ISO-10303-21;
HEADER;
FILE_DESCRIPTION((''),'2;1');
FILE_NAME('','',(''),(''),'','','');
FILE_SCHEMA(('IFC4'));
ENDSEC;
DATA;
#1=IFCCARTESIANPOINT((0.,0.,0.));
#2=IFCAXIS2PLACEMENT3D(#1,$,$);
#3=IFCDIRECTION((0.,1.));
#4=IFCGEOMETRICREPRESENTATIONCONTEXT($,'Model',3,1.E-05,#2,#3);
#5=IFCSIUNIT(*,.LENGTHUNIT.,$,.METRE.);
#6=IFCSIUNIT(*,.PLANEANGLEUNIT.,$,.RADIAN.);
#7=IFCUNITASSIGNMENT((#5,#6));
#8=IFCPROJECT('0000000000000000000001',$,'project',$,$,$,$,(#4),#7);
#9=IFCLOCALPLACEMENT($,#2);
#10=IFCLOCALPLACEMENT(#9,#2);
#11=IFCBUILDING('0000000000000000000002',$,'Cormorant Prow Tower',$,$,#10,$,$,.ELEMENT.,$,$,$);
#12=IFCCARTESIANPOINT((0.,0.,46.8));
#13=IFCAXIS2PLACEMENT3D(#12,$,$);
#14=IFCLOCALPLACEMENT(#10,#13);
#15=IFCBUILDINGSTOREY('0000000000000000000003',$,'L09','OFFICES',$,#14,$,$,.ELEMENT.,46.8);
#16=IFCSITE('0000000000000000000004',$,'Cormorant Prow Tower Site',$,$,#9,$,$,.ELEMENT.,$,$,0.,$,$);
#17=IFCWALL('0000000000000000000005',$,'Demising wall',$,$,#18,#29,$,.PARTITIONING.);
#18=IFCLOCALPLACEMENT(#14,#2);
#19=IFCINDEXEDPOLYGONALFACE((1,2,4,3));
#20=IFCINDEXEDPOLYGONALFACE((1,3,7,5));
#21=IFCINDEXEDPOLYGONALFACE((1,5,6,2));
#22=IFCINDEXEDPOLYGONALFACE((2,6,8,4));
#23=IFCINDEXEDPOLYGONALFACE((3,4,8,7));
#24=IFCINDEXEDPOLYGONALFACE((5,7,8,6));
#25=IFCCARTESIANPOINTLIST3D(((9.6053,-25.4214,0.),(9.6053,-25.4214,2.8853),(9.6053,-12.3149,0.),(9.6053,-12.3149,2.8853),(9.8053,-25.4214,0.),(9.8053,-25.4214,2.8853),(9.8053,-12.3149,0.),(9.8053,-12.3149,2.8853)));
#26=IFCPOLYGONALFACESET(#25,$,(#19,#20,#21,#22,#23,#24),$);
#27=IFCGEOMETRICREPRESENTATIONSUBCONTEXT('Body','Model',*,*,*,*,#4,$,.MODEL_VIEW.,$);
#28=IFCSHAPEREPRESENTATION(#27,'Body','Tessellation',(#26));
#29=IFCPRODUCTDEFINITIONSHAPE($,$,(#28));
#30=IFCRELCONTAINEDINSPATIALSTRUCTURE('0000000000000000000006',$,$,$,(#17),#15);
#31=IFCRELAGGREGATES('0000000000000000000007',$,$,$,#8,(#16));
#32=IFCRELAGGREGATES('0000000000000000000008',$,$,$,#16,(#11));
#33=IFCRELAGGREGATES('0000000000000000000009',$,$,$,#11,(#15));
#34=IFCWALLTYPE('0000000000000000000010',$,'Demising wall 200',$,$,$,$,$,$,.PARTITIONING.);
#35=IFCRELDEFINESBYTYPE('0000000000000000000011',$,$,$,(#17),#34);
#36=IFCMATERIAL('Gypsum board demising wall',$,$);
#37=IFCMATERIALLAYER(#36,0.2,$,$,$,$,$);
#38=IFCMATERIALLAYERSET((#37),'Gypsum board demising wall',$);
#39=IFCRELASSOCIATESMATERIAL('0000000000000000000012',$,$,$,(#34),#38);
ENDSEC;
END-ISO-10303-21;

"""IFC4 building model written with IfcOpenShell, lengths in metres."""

from ifc_helpers import new_model, si_unit, direction, frame, frame_2d, origin, place, context, subcontext, project, spatial, rectangle, extrude, material, layer, layer_set, type_object, element, save


model = new_model("IFC4")

# Units and contexts
model_context = context("Model", 3, precision=1e-05, world=origin(), true_north=direction((0.0, 1.0)))
body_context = subcontext(model_context, "Body", "Model", "MODEL_VIEW")
ifc_project = project(units=[si_unit("LENGTHUNIT", "METRE"), si_unit("PLANEANGLEUNIT", "RADIAN")], contexts=[model_context])

# Site, building, storey
site_placement = place(None, origin())
site = spatial("IfcSite", under=ifc_project, at=site_placement, Name="Cormorant Prow Tower Site", CompositionType="ELEMENT", RefElevation=0.0)
building_placement = place(site_placement, origin())
building = spatial("IfcBuilding", under=site, at=building_placement, Name="Cormorant Prow Tower", CompositionType="ELEMENT")
storey_placement = place(building_placement, frame((0.0, 0.0, 46.8)))
storey = spatial("IfcBuildingStorey", under=building, at=storey_placement, Name="L09", Description="OFFICES", CompositionType="ELEMENT", Elevation=46.8)

# Wall
ifc_material_1 = material(Name="Gypsum board demising wall")
ifc_layer_1 = layer(ifc_material_1, 0.2)
ifc_layer_set_1 = layer_set([ifc_layer_1], Name="Gypsum board demising wall")
wall_type_1 = type_object("IfcWallType", Name="Demising wall 200", PredefinedType="PARTITIONING", material=ifc_layer_set_1)
wall_1_placement = place(storey_placement, frame((9.7053, -25.4214, 0.0), z_axis=(0.0, 0.0, 1.0), x_axis=(0.0, 1.0, 0.0)))
element("IfcWall", 1, at=wall_1_placement, inside=storey, type_object=wall_type_1, Name="Demising wall", PredefinedType="PARTITIONING", context=body_context, shape_type="SweptSolid", body=[
    extrude(rectangle(XDim=13.1064, YDim=0.2, at=frame_2d((6.5532, 0.0))), origin(), (0.0, 0.0, 1.0), 2.8853),
])

save(model, "model.ifc")
